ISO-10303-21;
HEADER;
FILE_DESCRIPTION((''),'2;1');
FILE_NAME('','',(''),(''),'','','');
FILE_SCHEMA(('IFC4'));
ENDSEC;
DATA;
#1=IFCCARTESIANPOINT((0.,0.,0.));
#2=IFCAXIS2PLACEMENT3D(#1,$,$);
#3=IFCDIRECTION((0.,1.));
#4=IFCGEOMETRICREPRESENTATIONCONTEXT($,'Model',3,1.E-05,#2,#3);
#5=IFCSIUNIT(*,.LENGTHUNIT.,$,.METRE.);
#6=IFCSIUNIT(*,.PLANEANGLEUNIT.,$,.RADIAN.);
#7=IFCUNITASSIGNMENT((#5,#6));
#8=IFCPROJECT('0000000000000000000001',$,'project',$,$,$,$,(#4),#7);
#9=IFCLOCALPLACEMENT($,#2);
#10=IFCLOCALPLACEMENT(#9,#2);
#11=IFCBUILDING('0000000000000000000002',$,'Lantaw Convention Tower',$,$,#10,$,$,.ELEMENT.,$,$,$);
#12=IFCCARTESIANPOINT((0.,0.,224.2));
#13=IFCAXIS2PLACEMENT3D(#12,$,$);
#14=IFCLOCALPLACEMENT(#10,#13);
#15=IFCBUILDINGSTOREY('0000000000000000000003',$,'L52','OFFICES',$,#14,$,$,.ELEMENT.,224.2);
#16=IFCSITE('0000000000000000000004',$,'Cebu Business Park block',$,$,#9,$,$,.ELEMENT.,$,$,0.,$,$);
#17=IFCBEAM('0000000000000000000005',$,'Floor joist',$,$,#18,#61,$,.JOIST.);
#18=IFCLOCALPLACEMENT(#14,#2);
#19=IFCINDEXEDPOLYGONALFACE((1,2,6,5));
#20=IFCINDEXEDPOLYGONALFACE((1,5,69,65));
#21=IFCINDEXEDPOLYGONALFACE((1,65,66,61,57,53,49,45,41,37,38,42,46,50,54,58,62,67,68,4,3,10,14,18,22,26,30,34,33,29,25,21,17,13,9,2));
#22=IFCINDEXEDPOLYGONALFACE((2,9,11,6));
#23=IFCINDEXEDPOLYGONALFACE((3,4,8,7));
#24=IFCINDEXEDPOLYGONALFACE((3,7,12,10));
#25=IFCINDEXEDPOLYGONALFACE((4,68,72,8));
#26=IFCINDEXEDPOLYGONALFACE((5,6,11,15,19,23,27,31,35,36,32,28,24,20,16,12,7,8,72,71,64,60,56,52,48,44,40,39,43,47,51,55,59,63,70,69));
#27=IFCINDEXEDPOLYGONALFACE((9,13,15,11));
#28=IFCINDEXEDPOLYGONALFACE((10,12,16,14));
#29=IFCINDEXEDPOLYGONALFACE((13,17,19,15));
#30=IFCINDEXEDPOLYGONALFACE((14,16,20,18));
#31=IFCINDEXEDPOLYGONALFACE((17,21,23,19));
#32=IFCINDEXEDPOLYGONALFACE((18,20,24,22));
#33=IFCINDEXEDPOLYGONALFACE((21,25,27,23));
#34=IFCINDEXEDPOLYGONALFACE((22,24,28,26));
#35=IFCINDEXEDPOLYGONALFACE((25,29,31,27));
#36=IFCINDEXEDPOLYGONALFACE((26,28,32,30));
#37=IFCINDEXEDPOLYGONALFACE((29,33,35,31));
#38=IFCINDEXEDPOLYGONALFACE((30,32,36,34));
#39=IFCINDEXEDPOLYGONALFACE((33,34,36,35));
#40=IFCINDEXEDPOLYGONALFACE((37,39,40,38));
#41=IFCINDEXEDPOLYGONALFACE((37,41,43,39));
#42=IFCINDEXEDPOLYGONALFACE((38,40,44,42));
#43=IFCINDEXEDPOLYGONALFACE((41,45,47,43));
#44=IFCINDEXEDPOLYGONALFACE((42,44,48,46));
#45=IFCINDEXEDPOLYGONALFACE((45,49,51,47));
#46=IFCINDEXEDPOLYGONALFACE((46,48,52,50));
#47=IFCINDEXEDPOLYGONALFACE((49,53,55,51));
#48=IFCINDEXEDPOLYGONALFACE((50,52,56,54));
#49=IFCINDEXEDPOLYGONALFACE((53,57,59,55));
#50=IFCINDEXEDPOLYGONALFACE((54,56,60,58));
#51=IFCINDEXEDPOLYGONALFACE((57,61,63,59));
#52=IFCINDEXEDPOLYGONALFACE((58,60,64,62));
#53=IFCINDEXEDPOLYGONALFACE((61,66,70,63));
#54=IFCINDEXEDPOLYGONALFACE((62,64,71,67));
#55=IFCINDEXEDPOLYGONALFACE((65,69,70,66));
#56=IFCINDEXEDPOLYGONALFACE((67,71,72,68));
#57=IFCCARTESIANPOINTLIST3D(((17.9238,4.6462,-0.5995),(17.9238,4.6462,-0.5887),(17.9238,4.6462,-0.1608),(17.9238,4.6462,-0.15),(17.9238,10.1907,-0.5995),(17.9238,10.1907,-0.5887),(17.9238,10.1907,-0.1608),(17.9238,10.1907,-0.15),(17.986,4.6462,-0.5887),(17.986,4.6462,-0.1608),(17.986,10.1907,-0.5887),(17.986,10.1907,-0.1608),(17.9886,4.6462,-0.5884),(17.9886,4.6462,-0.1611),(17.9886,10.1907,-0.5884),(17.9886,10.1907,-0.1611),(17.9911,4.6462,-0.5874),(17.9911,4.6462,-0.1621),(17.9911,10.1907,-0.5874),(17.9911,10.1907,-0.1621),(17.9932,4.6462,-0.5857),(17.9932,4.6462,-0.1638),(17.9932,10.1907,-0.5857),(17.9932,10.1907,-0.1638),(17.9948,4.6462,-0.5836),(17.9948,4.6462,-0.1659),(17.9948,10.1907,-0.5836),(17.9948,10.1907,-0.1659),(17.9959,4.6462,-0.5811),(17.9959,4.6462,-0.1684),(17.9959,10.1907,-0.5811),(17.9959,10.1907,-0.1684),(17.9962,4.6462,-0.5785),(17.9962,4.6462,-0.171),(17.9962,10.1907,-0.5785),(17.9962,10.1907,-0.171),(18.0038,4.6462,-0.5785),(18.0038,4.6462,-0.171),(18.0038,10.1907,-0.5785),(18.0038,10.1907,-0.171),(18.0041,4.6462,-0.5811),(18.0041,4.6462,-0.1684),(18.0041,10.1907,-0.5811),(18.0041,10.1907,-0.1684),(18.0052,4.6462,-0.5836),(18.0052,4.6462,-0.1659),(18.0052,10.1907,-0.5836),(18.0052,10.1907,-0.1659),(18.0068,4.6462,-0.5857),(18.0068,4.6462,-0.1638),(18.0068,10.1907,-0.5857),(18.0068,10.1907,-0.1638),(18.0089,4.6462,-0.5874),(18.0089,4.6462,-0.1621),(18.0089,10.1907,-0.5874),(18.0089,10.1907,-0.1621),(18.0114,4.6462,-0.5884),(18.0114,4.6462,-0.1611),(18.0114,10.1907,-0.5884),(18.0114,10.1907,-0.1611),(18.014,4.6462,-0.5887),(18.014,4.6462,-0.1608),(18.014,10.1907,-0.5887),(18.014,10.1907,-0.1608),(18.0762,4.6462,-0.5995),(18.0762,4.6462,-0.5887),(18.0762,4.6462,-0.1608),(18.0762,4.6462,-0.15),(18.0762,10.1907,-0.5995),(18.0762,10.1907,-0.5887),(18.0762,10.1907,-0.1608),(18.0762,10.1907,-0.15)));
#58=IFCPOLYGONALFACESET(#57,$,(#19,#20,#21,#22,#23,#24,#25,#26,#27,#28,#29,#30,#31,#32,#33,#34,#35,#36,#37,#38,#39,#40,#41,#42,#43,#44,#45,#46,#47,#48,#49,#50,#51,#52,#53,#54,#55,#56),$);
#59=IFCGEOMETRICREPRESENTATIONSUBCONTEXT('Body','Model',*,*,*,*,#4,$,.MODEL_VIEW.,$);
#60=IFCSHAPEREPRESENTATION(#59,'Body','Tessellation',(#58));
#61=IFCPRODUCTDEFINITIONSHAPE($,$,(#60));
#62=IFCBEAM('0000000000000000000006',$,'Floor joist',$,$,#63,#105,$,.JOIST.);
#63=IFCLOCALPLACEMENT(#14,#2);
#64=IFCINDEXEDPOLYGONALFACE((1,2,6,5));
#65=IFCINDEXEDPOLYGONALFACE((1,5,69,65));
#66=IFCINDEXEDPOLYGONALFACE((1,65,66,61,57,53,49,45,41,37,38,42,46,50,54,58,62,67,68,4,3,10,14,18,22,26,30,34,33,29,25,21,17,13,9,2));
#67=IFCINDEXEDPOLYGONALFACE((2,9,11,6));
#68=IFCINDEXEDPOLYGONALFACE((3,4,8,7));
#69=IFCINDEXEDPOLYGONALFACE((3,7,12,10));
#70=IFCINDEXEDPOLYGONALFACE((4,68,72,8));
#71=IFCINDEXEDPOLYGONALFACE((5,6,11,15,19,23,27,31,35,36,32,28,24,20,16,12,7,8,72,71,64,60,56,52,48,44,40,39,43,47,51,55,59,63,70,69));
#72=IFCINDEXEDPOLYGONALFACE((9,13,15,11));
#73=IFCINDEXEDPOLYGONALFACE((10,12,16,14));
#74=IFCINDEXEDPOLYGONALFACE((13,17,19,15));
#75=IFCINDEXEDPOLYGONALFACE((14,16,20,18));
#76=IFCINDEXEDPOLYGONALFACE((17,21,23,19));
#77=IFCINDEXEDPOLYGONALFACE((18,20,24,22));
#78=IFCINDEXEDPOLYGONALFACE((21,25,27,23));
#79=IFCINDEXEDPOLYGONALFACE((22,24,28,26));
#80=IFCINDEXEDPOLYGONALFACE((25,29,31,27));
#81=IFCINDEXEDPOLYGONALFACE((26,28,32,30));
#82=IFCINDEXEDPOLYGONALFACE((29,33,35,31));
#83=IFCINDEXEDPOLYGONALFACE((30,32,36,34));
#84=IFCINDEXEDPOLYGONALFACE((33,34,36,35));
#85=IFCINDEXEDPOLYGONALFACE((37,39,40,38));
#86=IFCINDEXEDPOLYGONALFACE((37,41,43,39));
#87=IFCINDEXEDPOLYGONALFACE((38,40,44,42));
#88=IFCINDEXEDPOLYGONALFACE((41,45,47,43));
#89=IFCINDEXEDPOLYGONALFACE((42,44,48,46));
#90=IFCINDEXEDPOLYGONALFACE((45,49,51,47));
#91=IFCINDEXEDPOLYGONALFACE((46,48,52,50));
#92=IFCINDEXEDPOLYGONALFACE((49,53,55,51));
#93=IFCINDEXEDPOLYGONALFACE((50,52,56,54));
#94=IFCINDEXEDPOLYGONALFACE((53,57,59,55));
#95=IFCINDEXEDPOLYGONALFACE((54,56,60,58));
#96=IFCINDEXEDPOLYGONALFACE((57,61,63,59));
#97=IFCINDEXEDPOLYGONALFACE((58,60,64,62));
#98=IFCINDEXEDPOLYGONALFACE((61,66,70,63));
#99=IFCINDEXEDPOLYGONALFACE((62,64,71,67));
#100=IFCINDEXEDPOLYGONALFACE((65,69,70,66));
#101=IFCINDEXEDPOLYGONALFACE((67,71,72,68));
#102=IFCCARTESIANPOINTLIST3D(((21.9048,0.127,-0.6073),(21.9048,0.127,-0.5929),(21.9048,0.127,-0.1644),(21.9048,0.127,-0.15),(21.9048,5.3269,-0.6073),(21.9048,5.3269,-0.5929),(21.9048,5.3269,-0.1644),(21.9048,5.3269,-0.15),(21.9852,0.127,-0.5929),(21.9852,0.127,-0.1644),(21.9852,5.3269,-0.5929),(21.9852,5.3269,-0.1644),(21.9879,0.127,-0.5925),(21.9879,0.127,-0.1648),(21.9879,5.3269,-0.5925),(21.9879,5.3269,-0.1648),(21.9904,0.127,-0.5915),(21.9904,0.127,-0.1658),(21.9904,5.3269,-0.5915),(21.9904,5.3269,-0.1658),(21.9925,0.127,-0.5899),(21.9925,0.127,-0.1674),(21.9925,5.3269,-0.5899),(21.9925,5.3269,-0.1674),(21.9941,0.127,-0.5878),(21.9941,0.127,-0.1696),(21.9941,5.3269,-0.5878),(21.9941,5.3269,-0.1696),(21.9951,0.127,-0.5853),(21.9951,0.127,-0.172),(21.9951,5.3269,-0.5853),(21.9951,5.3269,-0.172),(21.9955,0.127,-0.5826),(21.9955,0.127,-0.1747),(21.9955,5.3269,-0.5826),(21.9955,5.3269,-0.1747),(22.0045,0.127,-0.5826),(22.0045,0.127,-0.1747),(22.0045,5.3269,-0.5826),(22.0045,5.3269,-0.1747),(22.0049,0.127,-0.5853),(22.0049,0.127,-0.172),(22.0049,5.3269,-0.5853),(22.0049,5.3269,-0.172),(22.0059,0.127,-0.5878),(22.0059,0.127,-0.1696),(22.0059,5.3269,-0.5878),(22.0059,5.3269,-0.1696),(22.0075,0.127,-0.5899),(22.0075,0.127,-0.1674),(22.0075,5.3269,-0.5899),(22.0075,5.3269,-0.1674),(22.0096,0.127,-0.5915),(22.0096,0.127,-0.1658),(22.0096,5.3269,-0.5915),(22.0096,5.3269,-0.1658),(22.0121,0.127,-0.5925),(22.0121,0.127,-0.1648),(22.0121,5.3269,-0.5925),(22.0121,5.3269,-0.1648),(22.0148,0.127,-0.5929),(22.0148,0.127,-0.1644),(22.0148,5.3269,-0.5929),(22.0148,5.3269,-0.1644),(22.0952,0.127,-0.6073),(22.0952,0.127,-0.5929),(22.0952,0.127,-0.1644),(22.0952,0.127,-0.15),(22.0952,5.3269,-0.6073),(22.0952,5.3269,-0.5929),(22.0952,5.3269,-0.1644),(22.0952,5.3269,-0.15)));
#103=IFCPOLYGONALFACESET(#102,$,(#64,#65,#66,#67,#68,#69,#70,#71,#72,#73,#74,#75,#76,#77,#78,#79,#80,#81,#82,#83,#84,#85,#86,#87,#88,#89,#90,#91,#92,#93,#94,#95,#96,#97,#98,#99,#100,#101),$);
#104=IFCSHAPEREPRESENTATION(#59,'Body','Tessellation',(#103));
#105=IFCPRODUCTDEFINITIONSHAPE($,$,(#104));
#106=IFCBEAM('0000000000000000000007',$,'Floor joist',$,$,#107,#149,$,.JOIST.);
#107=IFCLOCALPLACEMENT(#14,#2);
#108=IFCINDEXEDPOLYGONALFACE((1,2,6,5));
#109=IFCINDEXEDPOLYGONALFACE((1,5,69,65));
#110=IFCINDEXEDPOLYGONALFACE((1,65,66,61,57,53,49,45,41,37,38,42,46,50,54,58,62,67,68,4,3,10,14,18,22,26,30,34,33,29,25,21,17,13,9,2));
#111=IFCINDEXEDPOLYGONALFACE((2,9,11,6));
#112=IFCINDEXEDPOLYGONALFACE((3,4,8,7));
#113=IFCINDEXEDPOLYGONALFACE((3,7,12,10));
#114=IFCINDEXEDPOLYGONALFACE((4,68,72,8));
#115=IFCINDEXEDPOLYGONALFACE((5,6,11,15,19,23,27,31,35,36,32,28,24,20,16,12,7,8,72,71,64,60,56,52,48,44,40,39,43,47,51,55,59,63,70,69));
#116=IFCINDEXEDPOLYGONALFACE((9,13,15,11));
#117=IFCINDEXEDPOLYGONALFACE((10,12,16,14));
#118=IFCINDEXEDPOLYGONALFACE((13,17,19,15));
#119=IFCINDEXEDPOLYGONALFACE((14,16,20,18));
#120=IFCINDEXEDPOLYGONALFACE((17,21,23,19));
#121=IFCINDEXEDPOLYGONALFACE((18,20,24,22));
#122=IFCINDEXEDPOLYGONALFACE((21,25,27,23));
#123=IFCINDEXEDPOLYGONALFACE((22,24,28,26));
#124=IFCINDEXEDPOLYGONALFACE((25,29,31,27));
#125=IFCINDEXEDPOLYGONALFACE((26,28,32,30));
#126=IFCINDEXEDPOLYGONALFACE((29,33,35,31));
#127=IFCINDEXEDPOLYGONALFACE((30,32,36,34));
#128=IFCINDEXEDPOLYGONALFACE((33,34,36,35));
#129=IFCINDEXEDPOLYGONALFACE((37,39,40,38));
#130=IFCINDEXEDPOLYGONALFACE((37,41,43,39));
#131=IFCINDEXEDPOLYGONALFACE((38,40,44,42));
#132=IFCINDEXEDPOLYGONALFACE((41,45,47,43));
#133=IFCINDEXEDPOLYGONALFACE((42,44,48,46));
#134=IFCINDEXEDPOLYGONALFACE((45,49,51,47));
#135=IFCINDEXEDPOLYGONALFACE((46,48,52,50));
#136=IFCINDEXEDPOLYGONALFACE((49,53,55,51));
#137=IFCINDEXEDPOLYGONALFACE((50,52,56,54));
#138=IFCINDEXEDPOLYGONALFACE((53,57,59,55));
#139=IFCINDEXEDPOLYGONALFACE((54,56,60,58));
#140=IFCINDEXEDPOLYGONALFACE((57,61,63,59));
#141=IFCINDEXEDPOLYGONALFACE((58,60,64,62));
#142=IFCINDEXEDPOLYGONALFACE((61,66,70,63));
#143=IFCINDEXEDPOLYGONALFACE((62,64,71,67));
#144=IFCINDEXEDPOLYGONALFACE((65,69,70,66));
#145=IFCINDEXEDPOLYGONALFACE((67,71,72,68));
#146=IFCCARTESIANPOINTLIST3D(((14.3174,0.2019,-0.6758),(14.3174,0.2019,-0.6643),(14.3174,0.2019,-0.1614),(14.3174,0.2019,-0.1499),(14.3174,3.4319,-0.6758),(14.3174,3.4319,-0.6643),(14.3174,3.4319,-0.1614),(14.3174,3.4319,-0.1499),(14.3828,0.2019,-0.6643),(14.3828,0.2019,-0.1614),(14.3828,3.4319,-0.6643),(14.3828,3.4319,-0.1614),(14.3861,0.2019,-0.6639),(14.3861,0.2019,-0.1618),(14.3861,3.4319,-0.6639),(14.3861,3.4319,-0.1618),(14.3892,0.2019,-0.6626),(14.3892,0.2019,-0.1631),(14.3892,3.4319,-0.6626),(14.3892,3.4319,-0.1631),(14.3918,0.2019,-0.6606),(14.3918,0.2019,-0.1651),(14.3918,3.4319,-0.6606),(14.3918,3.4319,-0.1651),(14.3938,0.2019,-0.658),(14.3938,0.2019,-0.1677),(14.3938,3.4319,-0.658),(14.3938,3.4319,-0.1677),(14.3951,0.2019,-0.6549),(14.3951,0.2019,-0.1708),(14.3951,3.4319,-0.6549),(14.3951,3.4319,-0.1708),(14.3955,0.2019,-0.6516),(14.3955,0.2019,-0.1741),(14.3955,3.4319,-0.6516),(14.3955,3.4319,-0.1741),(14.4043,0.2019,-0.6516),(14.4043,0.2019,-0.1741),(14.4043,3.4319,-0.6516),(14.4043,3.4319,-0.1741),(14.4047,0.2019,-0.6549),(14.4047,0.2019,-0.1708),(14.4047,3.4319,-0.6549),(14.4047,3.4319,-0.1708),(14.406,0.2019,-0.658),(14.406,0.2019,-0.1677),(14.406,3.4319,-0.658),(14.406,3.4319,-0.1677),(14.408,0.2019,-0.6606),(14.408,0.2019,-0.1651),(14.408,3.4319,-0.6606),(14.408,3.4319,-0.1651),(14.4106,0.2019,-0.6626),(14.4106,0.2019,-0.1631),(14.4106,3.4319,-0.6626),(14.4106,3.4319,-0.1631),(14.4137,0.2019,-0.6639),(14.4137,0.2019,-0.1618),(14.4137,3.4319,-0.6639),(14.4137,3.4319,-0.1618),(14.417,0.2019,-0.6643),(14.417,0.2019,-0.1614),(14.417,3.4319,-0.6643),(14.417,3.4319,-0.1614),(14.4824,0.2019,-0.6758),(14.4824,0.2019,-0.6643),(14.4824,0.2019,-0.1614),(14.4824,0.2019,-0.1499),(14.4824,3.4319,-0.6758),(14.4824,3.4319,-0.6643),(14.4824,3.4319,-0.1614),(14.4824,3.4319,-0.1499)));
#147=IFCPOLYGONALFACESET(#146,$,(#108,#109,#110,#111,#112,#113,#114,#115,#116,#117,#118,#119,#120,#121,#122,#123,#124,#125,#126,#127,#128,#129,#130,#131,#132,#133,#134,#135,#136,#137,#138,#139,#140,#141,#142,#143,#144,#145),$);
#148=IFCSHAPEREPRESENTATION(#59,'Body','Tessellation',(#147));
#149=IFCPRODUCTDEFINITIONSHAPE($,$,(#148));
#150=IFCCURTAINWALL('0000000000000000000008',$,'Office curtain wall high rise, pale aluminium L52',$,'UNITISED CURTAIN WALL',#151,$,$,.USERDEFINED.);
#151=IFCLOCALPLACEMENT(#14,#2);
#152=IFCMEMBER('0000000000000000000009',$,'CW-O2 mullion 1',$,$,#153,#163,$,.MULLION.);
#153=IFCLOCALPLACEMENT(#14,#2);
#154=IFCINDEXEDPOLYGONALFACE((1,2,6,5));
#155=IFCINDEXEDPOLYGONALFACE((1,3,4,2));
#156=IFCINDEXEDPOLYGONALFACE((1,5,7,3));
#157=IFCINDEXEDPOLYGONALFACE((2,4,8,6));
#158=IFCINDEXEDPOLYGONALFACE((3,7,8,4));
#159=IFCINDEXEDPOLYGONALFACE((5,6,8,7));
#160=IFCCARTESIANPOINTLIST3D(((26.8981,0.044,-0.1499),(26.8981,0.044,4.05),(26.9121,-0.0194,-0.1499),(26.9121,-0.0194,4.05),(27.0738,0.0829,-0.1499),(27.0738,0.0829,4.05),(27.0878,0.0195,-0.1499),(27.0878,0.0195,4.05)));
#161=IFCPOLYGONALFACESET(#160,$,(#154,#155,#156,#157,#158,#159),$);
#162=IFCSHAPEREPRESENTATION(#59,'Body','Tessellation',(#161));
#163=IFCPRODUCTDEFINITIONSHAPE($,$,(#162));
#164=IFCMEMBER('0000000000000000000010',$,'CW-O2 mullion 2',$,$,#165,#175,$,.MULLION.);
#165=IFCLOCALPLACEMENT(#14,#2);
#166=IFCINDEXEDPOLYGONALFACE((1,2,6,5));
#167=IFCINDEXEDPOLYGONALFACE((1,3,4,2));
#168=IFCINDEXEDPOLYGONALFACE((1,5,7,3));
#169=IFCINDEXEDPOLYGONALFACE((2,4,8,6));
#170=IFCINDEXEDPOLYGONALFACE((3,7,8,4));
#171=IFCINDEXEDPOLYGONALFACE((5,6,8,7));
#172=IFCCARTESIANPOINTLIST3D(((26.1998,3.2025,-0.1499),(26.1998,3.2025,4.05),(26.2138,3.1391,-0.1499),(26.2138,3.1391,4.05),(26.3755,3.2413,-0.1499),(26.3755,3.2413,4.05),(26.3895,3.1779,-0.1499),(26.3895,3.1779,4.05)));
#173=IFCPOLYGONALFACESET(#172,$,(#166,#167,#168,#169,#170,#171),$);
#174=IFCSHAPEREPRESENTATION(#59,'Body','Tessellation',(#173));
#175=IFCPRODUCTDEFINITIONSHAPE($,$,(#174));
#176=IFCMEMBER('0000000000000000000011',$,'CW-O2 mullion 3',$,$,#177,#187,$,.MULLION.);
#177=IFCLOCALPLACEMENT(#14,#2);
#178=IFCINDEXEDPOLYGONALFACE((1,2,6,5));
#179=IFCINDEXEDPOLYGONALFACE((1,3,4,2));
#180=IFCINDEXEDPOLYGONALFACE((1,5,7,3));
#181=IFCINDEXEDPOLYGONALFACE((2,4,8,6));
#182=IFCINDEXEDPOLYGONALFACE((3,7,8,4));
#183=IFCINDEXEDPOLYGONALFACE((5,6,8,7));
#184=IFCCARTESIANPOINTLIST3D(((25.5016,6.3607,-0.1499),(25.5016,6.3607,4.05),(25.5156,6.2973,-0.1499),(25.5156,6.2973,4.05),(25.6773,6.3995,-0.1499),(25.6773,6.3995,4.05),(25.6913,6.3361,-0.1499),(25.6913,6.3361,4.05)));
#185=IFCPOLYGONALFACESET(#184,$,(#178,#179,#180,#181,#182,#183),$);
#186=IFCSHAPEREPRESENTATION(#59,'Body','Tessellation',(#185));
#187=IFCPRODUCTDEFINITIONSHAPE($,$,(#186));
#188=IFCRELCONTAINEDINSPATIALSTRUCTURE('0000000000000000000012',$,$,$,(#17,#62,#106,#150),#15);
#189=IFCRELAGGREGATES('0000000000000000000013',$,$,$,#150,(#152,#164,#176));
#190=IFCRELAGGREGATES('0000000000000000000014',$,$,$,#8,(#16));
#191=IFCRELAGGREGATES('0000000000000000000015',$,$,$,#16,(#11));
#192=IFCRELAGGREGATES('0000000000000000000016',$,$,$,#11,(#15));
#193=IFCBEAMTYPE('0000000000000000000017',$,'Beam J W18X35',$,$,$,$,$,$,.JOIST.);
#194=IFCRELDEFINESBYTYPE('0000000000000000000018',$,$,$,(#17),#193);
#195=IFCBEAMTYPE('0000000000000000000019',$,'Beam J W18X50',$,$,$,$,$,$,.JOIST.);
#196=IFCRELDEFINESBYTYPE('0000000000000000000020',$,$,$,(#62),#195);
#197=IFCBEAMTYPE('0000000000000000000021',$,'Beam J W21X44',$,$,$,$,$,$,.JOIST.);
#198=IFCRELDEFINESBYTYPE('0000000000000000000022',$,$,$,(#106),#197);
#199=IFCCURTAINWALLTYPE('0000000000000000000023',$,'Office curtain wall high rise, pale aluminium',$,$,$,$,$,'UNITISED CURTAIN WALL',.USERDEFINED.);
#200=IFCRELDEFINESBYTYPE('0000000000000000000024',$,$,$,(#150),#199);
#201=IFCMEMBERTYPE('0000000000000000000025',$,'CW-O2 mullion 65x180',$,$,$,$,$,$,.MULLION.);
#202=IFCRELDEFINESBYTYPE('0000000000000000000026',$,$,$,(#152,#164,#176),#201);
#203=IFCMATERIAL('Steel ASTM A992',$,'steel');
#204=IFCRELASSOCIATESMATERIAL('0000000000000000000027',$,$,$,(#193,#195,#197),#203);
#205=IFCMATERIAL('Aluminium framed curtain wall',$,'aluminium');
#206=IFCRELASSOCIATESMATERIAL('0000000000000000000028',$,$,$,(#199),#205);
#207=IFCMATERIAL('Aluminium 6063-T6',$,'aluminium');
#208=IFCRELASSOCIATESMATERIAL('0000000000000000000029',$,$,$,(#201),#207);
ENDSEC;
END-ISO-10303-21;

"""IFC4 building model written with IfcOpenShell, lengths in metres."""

from ifc_helpers import new_model, si_unit, direction, frame, origin, origin_2d, place, context, subcontext, project, spatial, rectangle, i_section, extrude, material, material_profile, profile_set, type_object, element, aggregate, save


model = new_model("IFC4")

# Units and contexts
model_context = context("Model", 3, precision=1e-05, world=origin(), true_north=direction((0.0, 1.0)))
body_context = subcontext(model_context, "Body", "Model", "MODEL_VIEW")
ifc_project = project(units=[si_unit("LENGTHUNIT", "METRE"), si_unit("PLANEANGLEUNIT", "RADIAN")], contexts=[model_context])

# Site, building, storey
site_placement = place(None, origin())
site = spatial("IfcSite", under=ifc_project, at=site_placement, Name="Cebu Business Park block", CompositionType="ELEMENT", RefElevation=0.0)
building_placement = place(site_placement, origin())
building = spatial("IfcBuilding", under=site, at=building_placement, Name="Lantaw Convention Tower", CompositionType="ELEMENT")
storey_placement = place(building_placement, frame((0.0, 0.0, 224.2)))
storey = spatial("IfcBuildingStorey", under=building, at=storey_placement, Name="L52", Description="OFFICES", CompositionType="ELEMENT", Elevation=224.2)

# Beams
ifc_material_1 = material(Name="Steel ASTM A992", Category="steel")
ifc_material_profile_1 = material_profile(ifc_material_1, i_section(OverallWidth=0.1523, OverallDepth=0.4495, WebThickness=0.0076, FlangeThickness=0.0107, FilletRadius=0.0103, at=origin_2d()), Name="W18X35")
ifc_profile_set_1 = profile_set([ifc_material_profile_1], Name="Steel ASTM A992")
beam_type_1 = type_object("IfcBeamType", Name="Beam J W18X35", PredefinedType="JOIST", material=ifc_profile_set_1)
beam_1_placement = place(storey_placement, frame((18.0, 4.6462, -0.3748), z_axis=(0.0, 1.0, 0.0), x_axis=(-1.0, 0.0, 0.0)))
element("IfcBeam", 1, at=beam_1_placement, inside=storey, type_object=beam_type_1, Name="Floor joist", PredefinedType="JOIST", context=body_context, shape_type="SweptSolid", body=[
    extrude(i_section(OverallWidth=0.1523, OverallDepth=0.4495, WebThickness=0.0076, FlangeThickness=0.0107, FilletRadius=0.0103, at=origin_2d()), origin(), (0.0, 0.0, 1.0), 5.5444),
])
ifc_material_profile_2 = material_profile(ifc_material_1, i_section(OverallWidth=0.1904, OverallDepth=0.4573, WebThickness=0.009, FlangeThickness=0.0144, FilletRadius=0.0103, at=origin_2d()), Name="W18X50")
ifc_profile_set_2 = profile_set([ifc_material_profile_2], Name="Steel ASTM A992")
beam_type_2 = type_object("IfcBeamType", Name="Beam J W18X50", PredefinedType="JOIST", material=ifc_profile_set_2)
beam_2_placement = place(storey_placement, frame((22.0, 0.127, -0.3787), z_axis=(0.0, 1.0, 0.0), x_axis=(-1.0, 0.0, 0.0)))
element("IfcBeam", 2, at=beam_2_placement, inside=storey, type_object=beam_type_2, Name="Floor joist", PredefinedType="JOIST", context=body_context, shape_type="SweptSolid", body=[
    extrude(i_section(OverallWidth=0.1904, OverallDepth=0.4573, WebThickness=0.009, FlangeThickness=0.0144, FilletRadius=0.0103, at=origin_2d()), origin(), (0.0, 0.0, 1.0), 5.2),
])
ifc_material_profile_3 = material_profile(ifc_material_1, i_section(OverallWidth=0.165, OverallDepth=0.5259, WebThickness=0.0088, FlangeThickness=0.0115, FilletRadius=0.0127, at=origin_2d()), Name="W21X44")
ifc_profile_set_3 = profile_set([ifc_material_profile_3], Name="Steel ASTM A992")
beam_type_3 = type_object("IfcBeamType", Name="Beam J W21X44", PredefinedType="JOIST", material=ifc_profile_set_3)
beam_3_placement = place(storey_placement, frame((14.3999, 0.2019, -0.4128), z_axis=(0.0, 1.0, 0.0), x_axis=(-1.0, 0.0, 0.0)))
element("IfcBeam", 3, at=beam_3_placement, inside=storey, type_object=beam_type_3, Name="Floor joist", PredefinedType="JOIST", context=body_context, shape_type="SweptSolid", body=[
    extrude(i_section(OverallWidth=0.165, OverallDepth=0.5259, WebThickness=0.0088, FlangeThickness=0.0115, FilletRadius=0.0127, at=origin_2d()), origin(), (0.0, 0.0, 1.0), 3.23),
])

# Curtain wall, members
ifc_material_2 = material(Name="Aluminium framed curtain wall", Category="aluminium")
curtain_wall_type = type_object("IfcCurtainWallType", Name="Office curtain wall high rise, pale aluminium", ElementType="UNITISED CURTAIN WALL", PredefinedType="USERDEFINED", material=ifc_material_2)
curtain_wall_1_placement = place(storey_placement, origin())
curtain_wall_1 = element("IfcCurtainWall", 4, at=curtain_wall_1_placement, inside=storey, type_object=curtain_wall_type, Name="Office curtain wall high rise, pale aluminium L52", ObjectType="UNITISED CURTAIN WALL", PredefinedType="USERDEFINED")
ifc_material_3 = material(Name="Aluminium 6063-T6", Category="aluminium")
ifc_material_profile_4 = material_profile(ifc_material_3, rectangle(XDim=0.1799, YDim=0.0649, at=origin_2d()), Name="CW-O2 mullion 65x180")
ifc_profile_set_4 = profile_set([ifc_material_profile_4], Name="Aluminium 6063-T6")
member_type_1 = type_object("IfcMemberType", Name="CW-O2 mullion 65x180", PredefinedType="MULLION", material=ifc_profile_set_4)
member_1_placement = place(storey_placement, frame((26.9929, 0.0317, -0.1499), z_axis=(0.0, 0.0, 1.0), x_axis=(-0.976417, -0.215891, 0.0)))
member_1 = element("IfcMember", 5, at=member_1_placement, type_object=member_type_1, Name="CW-O2 mullion 1", PredefinedType="MULLION", context=body_context, shape_type="SweptSolid", body=[
    extrude(rectangle(XDim=0.1799, YDim=0.0649, at=origin_2d()), origin(), (0.0, 0.0, 1.0), 4.2),
])
member_2_placement = place(storey_placement, frame((26.2947, 3.1902, -0.1499), z_axis=(0.0, 0.0, 1.0), x_axis=(-0.976417, -0.215891, 0.0)))
member_2 = element("IfcMember", 6, at=member_2_placement, type_object=member_type_1, Name="CW-O2 mullion 2", PredefinedType="MULLION", context=body_context, shape_type="SweptSolid", body=[
    extrude(rectangle(XDim=0.1799, YDim=0.0649, at=origin_2d()), origin(), (0.0, 0.0, 1.0), 4.2),
])
member_3_placement = place(storey_placement, frame((25.5964, 6.3484, -0.1499), z_axis=(0.0, 0.0, 1.0), x_axis=(-0.976417, -0.215891, 0.0)))
member_3 = element("IfcMember", 7, at=member_3_placement, type_object=member_type_1, Name="CW-O2 mullion 3", PredefinedType="MULLION", context=body_context, shape_type="SweptSolid", body=[
    extrude(rectangle(XDim=0.1799, YDim=0.0649, at=origin_2d()), origin(), (0.0, 0.0, 1.0), 4.2),
])

aggregate(curtain_wall_1, [member_1, member_2, member_3])

save(model, "model.ifc")
